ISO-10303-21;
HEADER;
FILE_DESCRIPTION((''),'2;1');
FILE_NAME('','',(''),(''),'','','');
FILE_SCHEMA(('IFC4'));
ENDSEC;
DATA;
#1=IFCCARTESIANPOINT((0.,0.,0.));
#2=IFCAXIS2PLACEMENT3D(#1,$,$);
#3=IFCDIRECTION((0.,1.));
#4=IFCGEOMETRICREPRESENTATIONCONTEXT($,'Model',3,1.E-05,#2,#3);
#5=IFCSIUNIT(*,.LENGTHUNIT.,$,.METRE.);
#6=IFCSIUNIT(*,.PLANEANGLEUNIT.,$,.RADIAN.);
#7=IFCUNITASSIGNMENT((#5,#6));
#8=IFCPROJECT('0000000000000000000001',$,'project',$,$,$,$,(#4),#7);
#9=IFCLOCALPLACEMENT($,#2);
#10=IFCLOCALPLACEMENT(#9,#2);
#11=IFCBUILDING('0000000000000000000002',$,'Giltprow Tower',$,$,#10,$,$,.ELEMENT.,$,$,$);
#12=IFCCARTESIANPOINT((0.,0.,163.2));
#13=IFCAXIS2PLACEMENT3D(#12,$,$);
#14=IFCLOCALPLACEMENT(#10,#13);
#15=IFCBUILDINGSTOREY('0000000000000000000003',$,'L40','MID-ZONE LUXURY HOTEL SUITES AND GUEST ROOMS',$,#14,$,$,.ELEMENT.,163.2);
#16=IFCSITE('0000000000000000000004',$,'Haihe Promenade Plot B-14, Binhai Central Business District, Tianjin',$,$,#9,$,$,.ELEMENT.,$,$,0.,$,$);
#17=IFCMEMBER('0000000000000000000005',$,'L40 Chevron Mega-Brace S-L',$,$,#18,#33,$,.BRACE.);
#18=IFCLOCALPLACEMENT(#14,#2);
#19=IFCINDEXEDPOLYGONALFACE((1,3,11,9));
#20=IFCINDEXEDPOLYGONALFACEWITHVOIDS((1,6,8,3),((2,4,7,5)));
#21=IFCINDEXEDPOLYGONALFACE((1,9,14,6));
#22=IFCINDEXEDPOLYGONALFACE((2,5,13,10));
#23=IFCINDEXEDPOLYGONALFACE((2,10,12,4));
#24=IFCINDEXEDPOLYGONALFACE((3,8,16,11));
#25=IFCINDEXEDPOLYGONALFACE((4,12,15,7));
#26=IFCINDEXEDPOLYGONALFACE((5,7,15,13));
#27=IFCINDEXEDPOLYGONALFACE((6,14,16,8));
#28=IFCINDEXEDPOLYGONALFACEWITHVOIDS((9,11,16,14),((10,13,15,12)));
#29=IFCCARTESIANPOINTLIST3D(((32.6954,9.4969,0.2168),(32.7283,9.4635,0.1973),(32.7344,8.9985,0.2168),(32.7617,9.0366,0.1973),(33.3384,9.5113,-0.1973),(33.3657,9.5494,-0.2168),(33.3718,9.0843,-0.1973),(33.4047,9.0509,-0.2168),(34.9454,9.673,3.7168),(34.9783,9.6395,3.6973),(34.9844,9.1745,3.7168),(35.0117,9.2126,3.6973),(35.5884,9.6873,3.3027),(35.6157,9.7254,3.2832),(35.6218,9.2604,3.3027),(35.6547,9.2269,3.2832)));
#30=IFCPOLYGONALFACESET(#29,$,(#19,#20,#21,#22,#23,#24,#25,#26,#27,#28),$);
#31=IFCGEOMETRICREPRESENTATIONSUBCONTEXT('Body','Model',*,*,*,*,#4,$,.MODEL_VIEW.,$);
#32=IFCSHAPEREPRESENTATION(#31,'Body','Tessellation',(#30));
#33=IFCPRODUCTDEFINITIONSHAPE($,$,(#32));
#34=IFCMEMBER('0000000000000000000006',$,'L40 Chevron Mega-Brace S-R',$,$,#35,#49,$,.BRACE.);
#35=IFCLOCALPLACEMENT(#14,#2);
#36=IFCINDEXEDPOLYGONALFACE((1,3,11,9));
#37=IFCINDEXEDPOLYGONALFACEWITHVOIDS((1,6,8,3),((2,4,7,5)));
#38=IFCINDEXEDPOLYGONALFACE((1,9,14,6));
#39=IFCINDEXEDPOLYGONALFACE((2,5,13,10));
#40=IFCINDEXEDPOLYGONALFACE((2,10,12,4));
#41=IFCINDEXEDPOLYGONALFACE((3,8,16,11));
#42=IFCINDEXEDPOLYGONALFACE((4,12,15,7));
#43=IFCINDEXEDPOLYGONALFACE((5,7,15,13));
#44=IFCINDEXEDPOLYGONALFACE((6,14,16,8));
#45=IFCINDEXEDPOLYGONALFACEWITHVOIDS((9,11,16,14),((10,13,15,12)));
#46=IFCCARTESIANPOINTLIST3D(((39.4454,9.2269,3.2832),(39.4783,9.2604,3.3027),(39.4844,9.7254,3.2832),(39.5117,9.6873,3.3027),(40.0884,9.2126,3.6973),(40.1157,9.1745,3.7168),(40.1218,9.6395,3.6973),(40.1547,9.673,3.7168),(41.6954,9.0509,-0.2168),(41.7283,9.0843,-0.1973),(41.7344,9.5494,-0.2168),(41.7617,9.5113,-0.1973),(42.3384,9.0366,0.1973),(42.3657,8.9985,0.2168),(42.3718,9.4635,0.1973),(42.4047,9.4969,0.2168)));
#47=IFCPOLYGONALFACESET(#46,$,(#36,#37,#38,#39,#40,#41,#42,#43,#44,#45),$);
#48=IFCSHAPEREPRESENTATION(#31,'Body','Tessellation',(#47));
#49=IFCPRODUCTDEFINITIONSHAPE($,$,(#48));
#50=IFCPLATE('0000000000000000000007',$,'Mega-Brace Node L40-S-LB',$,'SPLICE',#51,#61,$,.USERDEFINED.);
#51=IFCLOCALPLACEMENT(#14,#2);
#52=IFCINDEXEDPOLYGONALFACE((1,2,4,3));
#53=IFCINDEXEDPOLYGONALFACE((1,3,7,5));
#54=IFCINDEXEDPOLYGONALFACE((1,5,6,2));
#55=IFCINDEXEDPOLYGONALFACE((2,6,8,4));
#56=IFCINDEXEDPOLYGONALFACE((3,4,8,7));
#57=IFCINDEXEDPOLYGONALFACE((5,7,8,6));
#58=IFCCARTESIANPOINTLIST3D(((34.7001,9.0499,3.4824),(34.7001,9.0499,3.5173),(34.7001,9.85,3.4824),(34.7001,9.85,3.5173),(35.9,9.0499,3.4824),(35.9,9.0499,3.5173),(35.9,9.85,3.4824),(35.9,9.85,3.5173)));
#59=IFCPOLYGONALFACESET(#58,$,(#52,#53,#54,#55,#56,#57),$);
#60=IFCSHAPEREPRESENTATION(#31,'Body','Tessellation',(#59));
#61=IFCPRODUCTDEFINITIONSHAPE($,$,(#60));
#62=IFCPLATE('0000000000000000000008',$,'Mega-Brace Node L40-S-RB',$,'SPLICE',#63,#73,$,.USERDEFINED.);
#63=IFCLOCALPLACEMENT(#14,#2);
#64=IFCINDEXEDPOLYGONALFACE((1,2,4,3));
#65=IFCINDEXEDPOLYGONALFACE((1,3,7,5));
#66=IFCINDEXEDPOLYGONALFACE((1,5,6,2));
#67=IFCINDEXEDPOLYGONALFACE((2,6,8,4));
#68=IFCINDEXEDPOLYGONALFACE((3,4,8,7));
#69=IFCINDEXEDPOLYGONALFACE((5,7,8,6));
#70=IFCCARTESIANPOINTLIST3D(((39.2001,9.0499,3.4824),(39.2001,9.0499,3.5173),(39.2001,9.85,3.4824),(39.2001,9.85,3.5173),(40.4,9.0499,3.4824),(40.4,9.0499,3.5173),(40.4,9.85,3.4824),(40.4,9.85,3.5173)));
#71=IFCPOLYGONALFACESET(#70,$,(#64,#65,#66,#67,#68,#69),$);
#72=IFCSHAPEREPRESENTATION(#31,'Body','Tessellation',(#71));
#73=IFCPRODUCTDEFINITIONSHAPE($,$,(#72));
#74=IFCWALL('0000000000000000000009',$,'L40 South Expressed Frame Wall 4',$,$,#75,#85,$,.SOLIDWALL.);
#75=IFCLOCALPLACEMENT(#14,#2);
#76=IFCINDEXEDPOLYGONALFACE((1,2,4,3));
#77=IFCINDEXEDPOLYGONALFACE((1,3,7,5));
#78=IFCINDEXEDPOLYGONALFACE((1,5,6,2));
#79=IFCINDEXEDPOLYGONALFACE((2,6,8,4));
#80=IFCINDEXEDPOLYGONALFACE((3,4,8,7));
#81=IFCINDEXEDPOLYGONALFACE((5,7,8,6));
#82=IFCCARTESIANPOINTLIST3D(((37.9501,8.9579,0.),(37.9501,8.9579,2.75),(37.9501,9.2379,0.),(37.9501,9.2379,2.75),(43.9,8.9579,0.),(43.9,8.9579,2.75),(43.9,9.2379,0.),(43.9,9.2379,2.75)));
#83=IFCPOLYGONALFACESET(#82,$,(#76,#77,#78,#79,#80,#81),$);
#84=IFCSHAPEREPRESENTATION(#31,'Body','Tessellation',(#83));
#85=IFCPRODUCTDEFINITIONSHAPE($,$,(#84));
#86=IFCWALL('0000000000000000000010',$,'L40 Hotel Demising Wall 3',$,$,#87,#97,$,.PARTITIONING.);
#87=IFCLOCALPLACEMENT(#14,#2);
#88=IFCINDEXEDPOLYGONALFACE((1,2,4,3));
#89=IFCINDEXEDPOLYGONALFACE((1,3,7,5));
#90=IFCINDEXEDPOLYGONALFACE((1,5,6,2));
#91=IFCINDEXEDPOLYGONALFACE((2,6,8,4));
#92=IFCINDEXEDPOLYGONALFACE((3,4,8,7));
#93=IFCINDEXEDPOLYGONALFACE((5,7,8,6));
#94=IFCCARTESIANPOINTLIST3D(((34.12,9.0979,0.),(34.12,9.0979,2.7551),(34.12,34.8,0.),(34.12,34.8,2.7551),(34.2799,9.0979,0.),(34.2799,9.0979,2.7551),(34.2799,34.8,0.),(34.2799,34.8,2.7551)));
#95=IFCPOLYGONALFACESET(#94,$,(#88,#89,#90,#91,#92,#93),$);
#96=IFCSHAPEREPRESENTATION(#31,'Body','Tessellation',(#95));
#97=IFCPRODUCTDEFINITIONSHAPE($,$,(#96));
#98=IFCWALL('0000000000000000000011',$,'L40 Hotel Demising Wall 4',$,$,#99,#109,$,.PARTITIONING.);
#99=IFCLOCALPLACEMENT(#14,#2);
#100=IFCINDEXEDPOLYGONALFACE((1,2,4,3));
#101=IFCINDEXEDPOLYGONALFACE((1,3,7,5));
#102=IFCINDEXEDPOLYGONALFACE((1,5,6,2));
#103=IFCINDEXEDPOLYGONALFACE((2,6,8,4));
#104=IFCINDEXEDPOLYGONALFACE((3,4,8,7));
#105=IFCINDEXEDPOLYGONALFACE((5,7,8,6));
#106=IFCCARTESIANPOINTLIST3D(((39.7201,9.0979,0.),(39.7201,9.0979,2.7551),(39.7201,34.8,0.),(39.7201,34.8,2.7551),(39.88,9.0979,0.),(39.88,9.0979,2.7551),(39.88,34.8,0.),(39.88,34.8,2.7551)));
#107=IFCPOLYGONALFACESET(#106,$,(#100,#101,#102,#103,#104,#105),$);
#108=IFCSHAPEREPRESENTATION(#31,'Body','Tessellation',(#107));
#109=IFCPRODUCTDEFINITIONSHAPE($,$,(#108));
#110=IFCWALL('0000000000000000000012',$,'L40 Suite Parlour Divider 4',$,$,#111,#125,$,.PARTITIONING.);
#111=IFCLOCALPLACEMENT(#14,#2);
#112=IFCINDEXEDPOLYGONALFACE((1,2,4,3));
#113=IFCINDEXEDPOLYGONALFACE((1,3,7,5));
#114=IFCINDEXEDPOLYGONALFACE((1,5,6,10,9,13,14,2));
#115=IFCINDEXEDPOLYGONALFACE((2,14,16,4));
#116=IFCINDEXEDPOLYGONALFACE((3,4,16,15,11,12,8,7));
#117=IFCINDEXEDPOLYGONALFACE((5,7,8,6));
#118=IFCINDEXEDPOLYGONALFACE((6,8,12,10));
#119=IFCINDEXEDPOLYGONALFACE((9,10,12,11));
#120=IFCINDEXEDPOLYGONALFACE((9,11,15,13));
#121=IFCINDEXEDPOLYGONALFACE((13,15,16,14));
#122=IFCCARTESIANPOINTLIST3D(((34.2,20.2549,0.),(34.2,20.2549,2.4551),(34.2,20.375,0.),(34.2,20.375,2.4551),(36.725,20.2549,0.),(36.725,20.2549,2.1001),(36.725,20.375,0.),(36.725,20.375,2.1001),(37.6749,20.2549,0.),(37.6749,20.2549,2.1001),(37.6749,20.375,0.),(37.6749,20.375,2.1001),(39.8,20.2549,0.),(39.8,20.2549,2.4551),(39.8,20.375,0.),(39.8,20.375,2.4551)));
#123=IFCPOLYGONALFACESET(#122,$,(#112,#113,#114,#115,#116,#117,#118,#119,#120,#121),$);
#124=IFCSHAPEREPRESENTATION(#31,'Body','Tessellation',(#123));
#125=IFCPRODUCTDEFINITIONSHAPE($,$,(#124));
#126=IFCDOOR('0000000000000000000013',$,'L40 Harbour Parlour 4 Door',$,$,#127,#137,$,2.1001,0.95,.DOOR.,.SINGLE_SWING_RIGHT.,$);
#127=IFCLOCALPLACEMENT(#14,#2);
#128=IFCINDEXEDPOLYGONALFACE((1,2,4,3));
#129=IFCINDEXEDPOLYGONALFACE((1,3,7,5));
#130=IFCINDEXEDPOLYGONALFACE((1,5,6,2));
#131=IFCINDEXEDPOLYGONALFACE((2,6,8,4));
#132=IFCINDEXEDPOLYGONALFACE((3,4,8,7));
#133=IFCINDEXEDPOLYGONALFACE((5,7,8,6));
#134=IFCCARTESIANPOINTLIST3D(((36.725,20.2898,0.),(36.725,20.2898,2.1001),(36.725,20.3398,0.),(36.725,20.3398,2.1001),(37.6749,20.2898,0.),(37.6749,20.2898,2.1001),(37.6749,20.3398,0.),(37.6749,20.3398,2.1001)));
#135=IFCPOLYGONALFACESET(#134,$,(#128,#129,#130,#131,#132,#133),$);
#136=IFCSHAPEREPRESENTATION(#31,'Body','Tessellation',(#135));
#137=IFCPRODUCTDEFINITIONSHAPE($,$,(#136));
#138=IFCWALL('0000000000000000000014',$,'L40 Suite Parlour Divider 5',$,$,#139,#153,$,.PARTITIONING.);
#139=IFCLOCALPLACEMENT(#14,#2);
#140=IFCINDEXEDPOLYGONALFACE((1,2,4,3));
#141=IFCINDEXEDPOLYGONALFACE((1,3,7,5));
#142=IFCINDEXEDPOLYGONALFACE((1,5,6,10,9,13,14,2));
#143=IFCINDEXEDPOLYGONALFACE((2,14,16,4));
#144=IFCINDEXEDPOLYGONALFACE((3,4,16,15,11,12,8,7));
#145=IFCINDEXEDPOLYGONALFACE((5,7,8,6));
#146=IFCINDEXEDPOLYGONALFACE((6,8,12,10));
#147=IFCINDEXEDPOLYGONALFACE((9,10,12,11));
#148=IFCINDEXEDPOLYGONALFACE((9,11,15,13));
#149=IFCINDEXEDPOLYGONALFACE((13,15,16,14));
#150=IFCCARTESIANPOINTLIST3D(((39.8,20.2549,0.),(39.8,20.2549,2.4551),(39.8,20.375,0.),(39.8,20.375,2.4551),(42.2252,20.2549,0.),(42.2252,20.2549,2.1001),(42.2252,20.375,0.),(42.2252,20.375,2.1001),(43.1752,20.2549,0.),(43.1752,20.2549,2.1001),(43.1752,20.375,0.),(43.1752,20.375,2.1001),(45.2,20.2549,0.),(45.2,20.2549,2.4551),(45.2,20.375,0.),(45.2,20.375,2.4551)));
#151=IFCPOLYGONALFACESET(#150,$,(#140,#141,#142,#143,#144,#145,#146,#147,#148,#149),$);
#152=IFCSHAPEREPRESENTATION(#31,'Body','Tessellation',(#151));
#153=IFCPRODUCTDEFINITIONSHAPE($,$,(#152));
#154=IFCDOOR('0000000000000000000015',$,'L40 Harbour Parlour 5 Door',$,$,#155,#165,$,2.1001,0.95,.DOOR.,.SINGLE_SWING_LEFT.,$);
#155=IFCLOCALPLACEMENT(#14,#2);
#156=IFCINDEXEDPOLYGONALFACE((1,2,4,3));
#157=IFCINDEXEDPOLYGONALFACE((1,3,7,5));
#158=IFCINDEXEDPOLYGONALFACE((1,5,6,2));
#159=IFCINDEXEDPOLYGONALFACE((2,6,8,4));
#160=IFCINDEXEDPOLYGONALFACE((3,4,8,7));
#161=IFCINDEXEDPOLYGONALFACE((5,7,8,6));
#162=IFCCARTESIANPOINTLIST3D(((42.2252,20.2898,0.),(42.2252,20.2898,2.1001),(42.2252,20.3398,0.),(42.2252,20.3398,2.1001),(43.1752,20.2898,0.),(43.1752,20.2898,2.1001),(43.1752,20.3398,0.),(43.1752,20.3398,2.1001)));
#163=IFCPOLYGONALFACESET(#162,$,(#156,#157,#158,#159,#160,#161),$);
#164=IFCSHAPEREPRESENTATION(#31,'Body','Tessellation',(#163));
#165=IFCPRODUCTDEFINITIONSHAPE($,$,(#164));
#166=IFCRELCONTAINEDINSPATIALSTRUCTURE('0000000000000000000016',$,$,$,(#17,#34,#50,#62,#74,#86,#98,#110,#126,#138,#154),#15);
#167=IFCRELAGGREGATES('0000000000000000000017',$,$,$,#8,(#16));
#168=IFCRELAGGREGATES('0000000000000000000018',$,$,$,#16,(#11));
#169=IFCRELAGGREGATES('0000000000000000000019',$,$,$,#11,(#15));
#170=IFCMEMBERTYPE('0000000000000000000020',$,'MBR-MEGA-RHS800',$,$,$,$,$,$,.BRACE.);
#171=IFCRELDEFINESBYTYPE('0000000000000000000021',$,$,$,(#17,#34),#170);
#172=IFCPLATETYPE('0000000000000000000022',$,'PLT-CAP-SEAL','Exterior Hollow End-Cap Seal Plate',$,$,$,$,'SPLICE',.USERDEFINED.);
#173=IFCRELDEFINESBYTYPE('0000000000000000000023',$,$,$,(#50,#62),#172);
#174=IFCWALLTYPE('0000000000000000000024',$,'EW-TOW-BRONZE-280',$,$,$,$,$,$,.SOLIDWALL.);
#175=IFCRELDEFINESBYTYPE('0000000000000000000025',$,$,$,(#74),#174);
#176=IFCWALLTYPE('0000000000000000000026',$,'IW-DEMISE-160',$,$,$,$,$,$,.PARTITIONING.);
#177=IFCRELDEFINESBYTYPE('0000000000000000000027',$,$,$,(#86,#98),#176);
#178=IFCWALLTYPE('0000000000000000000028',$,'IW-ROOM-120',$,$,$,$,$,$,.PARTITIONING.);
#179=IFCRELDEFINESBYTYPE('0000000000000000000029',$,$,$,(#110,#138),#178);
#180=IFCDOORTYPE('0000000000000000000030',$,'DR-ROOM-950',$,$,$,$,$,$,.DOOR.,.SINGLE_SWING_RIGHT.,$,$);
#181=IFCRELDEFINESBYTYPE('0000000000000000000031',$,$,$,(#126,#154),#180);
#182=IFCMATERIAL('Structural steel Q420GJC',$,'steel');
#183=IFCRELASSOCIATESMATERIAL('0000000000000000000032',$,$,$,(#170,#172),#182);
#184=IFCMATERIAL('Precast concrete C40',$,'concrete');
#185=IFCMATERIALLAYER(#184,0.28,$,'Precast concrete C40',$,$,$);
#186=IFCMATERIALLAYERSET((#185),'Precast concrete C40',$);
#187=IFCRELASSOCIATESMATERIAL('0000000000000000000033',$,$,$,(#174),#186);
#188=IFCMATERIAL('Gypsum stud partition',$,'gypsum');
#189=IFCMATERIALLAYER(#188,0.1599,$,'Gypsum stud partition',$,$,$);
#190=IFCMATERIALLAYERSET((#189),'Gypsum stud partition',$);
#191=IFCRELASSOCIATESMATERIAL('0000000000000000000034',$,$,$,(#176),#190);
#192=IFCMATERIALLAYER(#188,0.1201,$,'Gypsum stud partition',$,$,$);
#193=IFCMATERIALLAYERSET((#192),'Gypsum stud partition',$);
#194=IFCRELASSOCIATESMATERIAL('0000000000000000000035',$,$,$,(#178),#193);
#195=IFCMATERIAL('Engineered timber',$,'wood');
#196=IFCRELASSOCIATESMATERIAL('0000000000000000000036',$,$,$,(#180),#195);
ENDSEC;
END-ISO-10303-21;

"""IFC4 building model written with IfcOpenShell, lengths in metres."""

from ifc_helpers import new_model, si_unit, direction, frame, frame_2d, origin, origin_2d, place, context, subcontext, project, spatial, rectangle, hollow_rectangle, extrude, source, transform, mapped, material, layer, layer_set, material_profile, profile_set, type_object, element, fill, save


model = new_model("IFC4")

# Units and contexts
model_context = context("Model", 3, precision=1e-05, world=origin(), true_north=direction((0.0, 1.0)))
body_context = subcontext(model_context, "Body", "Model", "MODEL_VIEW")
ifc_project = project(units=[si_unit("LENGTHUNIT", "METRE"), si_unit("PLANEANGLEUNIT", "RADIAN")], contexts=[model_context])

# Site, building, storey
site_placement = place(None, origin())
site = spatial("IfcSite", under=ifc_project, at=site_placement, Name="Haihe Promenade Plot B-14, Binhai Central Business District, Tianjin", CompositionType="ELEMENT", RefElevation=0.0)
building_placement = place(site_placement, origin())
building = spatial("IfcBuilding", under=site, at=building_placement, Name="Giltprow Tower", CompositionType="ELEMENT")
storey_placement = place(building_placement, frame((0.0, 0.0, 163.2)))
storey = spatial("IfcBuildingStorey", under=building, at=storey_placement, Name="L40", Description="MID-ZONE LUXURY HOTEL SUITES AND GUEST ROOMS", CompositionType="ELEMENT", Elevation=163.2)

# Shared definitions
ifc_material_1 = material(Name="Structural steel Q420GJC", Category="steel")

# Members
ifc_material_profile_1 = material_profile(ifc_material_1, hollow_rectangle(XDim=0.5, YDim=0.8, WallThickness=0.0359, at=origin_2d()), Name="RHS 800x500x36")
ifc_profile_set_1 = profile_set([ifc_material_profile_1], Name="Structural steel Q420GJC")
member_type = type_object("IfcMemberType", Name="MBR-MEGA-RHS800", PredefinedType="BRACE", material=ifc_profile_set_1)
shared_shape_1 = source(origin(), body_context, "Body", "SweptSolid", [
    extrude(hollow_rectangle(XDim=0.5, YDim=0.8, WallThickness=0.0359, at=origin_2d()), origin(), (0.0, 0.0, 1.0), 4.1646),
])
for number, where, z_axis, x_axis, name in (
    (1, (33.05, 9.2739, 0.0), (0.540274, 0.042268, 0.840427), (-0.077995, 0.996954, 0.0), "L40 Chevron Mega-Brace S-L"),
    (2, (42.05, 9.2739, 0.0), (-0.540274, 0.042268, 0.840427), (-0.077995, -0.996954, 0.0), "L40 Chevron Mega-Brace S-R"),
):
    element("IfcMember", number, at=place(storey_placement, frame(where, z_axis=z_axis, x_axis=x_axis)), inside=storey, type_object=member_type, Name=name, PredefinedType="BRACE", context=body_context, shape_type="MappedRepresentation", body=[
        mapped(shared_shape_1, transform((0.0, 0.0, 0.0), x_axis=(1.0, 0.0, 0.0), y_axis=(0.0, 1.0, 0.0), z_axis=(0.0, 0.0, 1.0), scale=1.0)),
    ])

# Plates
plate_type = type_object("IfcPlateType", Name="PLT-CAP-SEAL", Description="Exterior Hollow End-Cap Seal Plate", ElementType="SPLICE", PredefinedType="USERDEFINED", material=ifc_material_1)
shared_shape_2 = source(origin(), body_context, "Body", "SweptSolid", [
    extrude(rectangle(XDim=1.2, YDim=0.8, at=origin_2d()), origin(), (0.0, 0.0, 1.0), 0.0349),
])
for number, where, z_axis, x_axis, name in (
    (3, (35.3, 9.45, 3.4824), (0.0, 0.0, 1.0), (1.0, 0.0, 0.0), "Mega-Brace Node L40-S-LB"),
    (4, (39.8, 9.45, 3.4824), (0.0, 0.0, 1.0), (1.0, 0.0, 0.0), "Mega-Brace Node L40-S-RB"),
):
    element("IfcPlate", number, at=place(storey_placement, frame(where, z_axis=z_axis, x_axis=x_axis)), inside=storey, type_object=plate_type, Name=name, ObjectType="SPLICE", PredefinedType="USERDEFINED", context=body_context, shape_type="MappedRepresentation", body=[
        mapped(shared_shape_2, transform((0.0, 0.0, 0.0), x_axis=(1.0, 0.0, 0.0), y_axis=(0.0, 1.0, 0.0), z_axis=(0.0, 0.0, 1.0), scale=1.0)),
    ])

# Walls
ifc_material_2 = material(Name="Precast concrete C40", Category="concrete")
ifc_layer_1 = layer(ifc_material_2, 0.28, Name="Precast concrete C40")
ifc_layer_set_1 = layer_set([ifc_layer_1], Name="Precast concrete C40")
wall_type_1 = type_object("IfcWallType", Name="EW-TOW-BRONZE-280", PredefinedType="SOLIDWALL", material=ifc_layer_set_1)
wall_1_placement = place(storey_placement, frame((37.95, 9.0979, 0.0), z_axis=(0.0, 0.0, 1.0), x_axis=(1.0, 0.0, 0.0)))
element("IfcWall", 5, at=wall_1_placement, inside=storey, type_object=wall_type_1, Name="L40 South Expressed Frame Wall 4", PredefinedType="SOLIDWALL", context=body_context, shape_type="SweptSolid", body=[
    extrude(rectangle(XDim=5.95, YDim=0.28, at=frame_2d((2.9751, 0.0))), origin(), (0.0, 0.0, 1.0), 2.75),
])
ifc_material_3 = material(Name="Gypsum stud partition", Category="gypsum")
ifc_layer_2 = layer(ifc_material_3, 0.1599, Name="Gypsum stud partition")
ifc_layer_set_2 = layer_set([ifc_layer_2], Name="Gypsum stud partition")
wall_type_2 = type_object("IfcWallType", Name="IW-DEMISE-160", PredefinedType="PARTITIONING", material=ifc_layer_set_2)
for number, where, z_axis, x_axis, name in (
    (6, (34.2, 9.0979, 0.0), (0.0, 0.0, 1.0), (0.0, 1.0, 0.0), "L40 Hotel Demising Wall 3"),
    (7, (39.8, 9.0979, 0.0), (0.0, 0.0, 1.0), (0.0, 1.0, 0.0), "L40 Hotel Demising Wall 4"),
):
    element("IfcWall", number, at=place(storey_placement, frame(where, z_axis=z_axis, x_axis=x_axis)), inside=storey, type_object=wall_type_2, Name=name, PredefinedType="PARTITIONING", context=body_context, shape_type="SweptSolid", body=[
        extrude(rectangle(XDim=25.7021, YDim=0.1599, at=frame_2d((12.8511, 0.0))), origin(), (0.0, 0.0, 1.0), 2.7551),
    ])

# Walls, openings, doors
ifc_layer_3 = layer(ifc_material_3, 0.1201, Name="Gypsum stud partition")
ifc_layer_set_3 = layer_set([ifc_layer_3], Name="Gypsum stud partition")
wall_type_3 = type_object("IfcWallType", Name="IW-ROOM-120", PredefinedType="PARTITIONING", material=ifc_layer_set_3)
wall_2_placement = place(storey_placement, frame((34.2, 20.3149, 0.0), z_axis=(0.0, 0.0, 1.0), x_axis=(1.0, 0.0, 0.0)))
wall_2 = element("IfcWall", 8, at=wall_2_placement, inside=storey, type_object=wall_type_3, Name="L40 Suite Parlour Divider 4", PredefinedType="PARTITIONING", context=body_context, shape_type="SweptSolid", body=[
    extrude(rectangle(XDim=5.6001, YDim=0.1201, at=frame_2d((2.8, 0.0))), origin(), (0.0, 0.0, 1.0), 2.4551),
])
opening_1_placement = place(wall_2_placement, frame((2.5249, 0.0, 0.0)))
opening_1 = element("IfcOpeningElement", 9, at=opening_1_placement, cuts=wall_2, PredefinedType="OPENING", context=body_context, shape_type="SweptSolid", body=[
    extrude(rectangle(XDim=0.95, YDim=2.1001, at=frame_2d((0.4751, 1.05))), frame((0.0, 0.0701, 0.0), z_axis=(0.0, -1.0, 0.0), x_axis=(1.0, 0.0, 0.0)), (0.0, 0.0, 1.0), 0.1401),
])
ifc_material_4 = material(Name="Engineered timber", Category="wood")
door_type = type_object("IfcDoorType", Name="DR-ROOM-950", OperationType="SINGLE_SWING_RIGHT", PredefinedType="DOOR", material=ifc_material_4)
shared_shape_3 = source(origin(), body_context, "Body", "SweptSolid", [
    extrude(rectangle(XDim=0.95, YDim=2.1001, at=frame_2d((0.4751, 1.05))), frame((0.0, 0.0249, 0.0), z_axis=(0.0, -1.0, 0.0), x_axis=(1.0, 0.0, 0.0)), (0.0, 0.0, 1.0), 0.05),
])
door_1_placement = place(opening_1_placement, origin())
door_1 = element("IfcDoor", 10, at=door_1_placement, inside=storey, type_object=door_type, Name="L40 Harbour Parlour 4 Door", OperationType="SINGLE_SWING_RIGHT", OverallHeight=2.1001, OverallWidth=0.95, PredefinedType="DOOR", context=body_context, shape_type="MappedRepresentation", body=[
    mapped(shared_shape_3, transform((0.0, 0.0, 0.0), x_axis=(1.0, 0.0, 0.0), y_axis=(0.0, 1.0, 0.0), z_axis=(0.0, 0.0, 1.0), scale=1.0)),
])
fill(opening_1, door_1)
wall_3_placement = place(storey_placement, frame((39.8, 20.3149, 0.0), z_axis=(0.0, 0.0, 1.0), x_axis=(1.0, 0.0, 0.0)))
wall_3 = element("IfcWall", 11, at=wall_3_placement, inside=storey, type_object=wall_type_3, Name="L40 Suite Parlour Divider 5", PredefinedType="PARTITIONING", context=body_context, shape_type="SweptSolid", body=[
    extrude(rectangle(XDim=5.3999, YDim=0.1201, at=frame_2d((2.7, 0.0))), origin(), (0.0, 0.0, 1.0), 2.4551),
])
opening_2_placement = place(wall_3_placement, frame((2.425, 0.0, 0.0)))
opening_2 = element("IfcOpeningElement", 12, at=opening_2_placement, cuts=wall_3, PredefinedType="OPENING", context=body_context, shape_type="SweptSolid", body=[
    extrude(rectangle(XDim=0.95, YDim=2.1001, at=frame_2d((0.4751, 1.05))), frame((0.0, 0.0701, 0.0), z_axis=(0.0, -1.0, 0.0), x_axis=(1.0, 0.0, 0.0)), (0.0, 0.0, 1.0), 0.1401),
])
door_2_placement = place(opening_2_placement, origin())
door_2 = element("IfcDoor", 13, at=door_2_placement, inside=storey, type_object=door_type, Name="L40 Harbour Parlour 5 Door", OperationType="SINGLE_SWING_LEFT", OverallHeight=2.1001, OverallWidth=0.95, PredefinedType="DOOR", context=body_context, shape_type="MappedRepresentation", body=[
    mapped(shared_shape_3, transform((0.0, 0.0, 0.0), x_axis=(1.0, 0.0, 0.0), y_axis=(0.0, 1.0, 0.0), z_axis=(0.0, 0.0, 1.0), scale=1.0)),
])
fill(opening_2, door_2)

save(model, "model.ifc")
